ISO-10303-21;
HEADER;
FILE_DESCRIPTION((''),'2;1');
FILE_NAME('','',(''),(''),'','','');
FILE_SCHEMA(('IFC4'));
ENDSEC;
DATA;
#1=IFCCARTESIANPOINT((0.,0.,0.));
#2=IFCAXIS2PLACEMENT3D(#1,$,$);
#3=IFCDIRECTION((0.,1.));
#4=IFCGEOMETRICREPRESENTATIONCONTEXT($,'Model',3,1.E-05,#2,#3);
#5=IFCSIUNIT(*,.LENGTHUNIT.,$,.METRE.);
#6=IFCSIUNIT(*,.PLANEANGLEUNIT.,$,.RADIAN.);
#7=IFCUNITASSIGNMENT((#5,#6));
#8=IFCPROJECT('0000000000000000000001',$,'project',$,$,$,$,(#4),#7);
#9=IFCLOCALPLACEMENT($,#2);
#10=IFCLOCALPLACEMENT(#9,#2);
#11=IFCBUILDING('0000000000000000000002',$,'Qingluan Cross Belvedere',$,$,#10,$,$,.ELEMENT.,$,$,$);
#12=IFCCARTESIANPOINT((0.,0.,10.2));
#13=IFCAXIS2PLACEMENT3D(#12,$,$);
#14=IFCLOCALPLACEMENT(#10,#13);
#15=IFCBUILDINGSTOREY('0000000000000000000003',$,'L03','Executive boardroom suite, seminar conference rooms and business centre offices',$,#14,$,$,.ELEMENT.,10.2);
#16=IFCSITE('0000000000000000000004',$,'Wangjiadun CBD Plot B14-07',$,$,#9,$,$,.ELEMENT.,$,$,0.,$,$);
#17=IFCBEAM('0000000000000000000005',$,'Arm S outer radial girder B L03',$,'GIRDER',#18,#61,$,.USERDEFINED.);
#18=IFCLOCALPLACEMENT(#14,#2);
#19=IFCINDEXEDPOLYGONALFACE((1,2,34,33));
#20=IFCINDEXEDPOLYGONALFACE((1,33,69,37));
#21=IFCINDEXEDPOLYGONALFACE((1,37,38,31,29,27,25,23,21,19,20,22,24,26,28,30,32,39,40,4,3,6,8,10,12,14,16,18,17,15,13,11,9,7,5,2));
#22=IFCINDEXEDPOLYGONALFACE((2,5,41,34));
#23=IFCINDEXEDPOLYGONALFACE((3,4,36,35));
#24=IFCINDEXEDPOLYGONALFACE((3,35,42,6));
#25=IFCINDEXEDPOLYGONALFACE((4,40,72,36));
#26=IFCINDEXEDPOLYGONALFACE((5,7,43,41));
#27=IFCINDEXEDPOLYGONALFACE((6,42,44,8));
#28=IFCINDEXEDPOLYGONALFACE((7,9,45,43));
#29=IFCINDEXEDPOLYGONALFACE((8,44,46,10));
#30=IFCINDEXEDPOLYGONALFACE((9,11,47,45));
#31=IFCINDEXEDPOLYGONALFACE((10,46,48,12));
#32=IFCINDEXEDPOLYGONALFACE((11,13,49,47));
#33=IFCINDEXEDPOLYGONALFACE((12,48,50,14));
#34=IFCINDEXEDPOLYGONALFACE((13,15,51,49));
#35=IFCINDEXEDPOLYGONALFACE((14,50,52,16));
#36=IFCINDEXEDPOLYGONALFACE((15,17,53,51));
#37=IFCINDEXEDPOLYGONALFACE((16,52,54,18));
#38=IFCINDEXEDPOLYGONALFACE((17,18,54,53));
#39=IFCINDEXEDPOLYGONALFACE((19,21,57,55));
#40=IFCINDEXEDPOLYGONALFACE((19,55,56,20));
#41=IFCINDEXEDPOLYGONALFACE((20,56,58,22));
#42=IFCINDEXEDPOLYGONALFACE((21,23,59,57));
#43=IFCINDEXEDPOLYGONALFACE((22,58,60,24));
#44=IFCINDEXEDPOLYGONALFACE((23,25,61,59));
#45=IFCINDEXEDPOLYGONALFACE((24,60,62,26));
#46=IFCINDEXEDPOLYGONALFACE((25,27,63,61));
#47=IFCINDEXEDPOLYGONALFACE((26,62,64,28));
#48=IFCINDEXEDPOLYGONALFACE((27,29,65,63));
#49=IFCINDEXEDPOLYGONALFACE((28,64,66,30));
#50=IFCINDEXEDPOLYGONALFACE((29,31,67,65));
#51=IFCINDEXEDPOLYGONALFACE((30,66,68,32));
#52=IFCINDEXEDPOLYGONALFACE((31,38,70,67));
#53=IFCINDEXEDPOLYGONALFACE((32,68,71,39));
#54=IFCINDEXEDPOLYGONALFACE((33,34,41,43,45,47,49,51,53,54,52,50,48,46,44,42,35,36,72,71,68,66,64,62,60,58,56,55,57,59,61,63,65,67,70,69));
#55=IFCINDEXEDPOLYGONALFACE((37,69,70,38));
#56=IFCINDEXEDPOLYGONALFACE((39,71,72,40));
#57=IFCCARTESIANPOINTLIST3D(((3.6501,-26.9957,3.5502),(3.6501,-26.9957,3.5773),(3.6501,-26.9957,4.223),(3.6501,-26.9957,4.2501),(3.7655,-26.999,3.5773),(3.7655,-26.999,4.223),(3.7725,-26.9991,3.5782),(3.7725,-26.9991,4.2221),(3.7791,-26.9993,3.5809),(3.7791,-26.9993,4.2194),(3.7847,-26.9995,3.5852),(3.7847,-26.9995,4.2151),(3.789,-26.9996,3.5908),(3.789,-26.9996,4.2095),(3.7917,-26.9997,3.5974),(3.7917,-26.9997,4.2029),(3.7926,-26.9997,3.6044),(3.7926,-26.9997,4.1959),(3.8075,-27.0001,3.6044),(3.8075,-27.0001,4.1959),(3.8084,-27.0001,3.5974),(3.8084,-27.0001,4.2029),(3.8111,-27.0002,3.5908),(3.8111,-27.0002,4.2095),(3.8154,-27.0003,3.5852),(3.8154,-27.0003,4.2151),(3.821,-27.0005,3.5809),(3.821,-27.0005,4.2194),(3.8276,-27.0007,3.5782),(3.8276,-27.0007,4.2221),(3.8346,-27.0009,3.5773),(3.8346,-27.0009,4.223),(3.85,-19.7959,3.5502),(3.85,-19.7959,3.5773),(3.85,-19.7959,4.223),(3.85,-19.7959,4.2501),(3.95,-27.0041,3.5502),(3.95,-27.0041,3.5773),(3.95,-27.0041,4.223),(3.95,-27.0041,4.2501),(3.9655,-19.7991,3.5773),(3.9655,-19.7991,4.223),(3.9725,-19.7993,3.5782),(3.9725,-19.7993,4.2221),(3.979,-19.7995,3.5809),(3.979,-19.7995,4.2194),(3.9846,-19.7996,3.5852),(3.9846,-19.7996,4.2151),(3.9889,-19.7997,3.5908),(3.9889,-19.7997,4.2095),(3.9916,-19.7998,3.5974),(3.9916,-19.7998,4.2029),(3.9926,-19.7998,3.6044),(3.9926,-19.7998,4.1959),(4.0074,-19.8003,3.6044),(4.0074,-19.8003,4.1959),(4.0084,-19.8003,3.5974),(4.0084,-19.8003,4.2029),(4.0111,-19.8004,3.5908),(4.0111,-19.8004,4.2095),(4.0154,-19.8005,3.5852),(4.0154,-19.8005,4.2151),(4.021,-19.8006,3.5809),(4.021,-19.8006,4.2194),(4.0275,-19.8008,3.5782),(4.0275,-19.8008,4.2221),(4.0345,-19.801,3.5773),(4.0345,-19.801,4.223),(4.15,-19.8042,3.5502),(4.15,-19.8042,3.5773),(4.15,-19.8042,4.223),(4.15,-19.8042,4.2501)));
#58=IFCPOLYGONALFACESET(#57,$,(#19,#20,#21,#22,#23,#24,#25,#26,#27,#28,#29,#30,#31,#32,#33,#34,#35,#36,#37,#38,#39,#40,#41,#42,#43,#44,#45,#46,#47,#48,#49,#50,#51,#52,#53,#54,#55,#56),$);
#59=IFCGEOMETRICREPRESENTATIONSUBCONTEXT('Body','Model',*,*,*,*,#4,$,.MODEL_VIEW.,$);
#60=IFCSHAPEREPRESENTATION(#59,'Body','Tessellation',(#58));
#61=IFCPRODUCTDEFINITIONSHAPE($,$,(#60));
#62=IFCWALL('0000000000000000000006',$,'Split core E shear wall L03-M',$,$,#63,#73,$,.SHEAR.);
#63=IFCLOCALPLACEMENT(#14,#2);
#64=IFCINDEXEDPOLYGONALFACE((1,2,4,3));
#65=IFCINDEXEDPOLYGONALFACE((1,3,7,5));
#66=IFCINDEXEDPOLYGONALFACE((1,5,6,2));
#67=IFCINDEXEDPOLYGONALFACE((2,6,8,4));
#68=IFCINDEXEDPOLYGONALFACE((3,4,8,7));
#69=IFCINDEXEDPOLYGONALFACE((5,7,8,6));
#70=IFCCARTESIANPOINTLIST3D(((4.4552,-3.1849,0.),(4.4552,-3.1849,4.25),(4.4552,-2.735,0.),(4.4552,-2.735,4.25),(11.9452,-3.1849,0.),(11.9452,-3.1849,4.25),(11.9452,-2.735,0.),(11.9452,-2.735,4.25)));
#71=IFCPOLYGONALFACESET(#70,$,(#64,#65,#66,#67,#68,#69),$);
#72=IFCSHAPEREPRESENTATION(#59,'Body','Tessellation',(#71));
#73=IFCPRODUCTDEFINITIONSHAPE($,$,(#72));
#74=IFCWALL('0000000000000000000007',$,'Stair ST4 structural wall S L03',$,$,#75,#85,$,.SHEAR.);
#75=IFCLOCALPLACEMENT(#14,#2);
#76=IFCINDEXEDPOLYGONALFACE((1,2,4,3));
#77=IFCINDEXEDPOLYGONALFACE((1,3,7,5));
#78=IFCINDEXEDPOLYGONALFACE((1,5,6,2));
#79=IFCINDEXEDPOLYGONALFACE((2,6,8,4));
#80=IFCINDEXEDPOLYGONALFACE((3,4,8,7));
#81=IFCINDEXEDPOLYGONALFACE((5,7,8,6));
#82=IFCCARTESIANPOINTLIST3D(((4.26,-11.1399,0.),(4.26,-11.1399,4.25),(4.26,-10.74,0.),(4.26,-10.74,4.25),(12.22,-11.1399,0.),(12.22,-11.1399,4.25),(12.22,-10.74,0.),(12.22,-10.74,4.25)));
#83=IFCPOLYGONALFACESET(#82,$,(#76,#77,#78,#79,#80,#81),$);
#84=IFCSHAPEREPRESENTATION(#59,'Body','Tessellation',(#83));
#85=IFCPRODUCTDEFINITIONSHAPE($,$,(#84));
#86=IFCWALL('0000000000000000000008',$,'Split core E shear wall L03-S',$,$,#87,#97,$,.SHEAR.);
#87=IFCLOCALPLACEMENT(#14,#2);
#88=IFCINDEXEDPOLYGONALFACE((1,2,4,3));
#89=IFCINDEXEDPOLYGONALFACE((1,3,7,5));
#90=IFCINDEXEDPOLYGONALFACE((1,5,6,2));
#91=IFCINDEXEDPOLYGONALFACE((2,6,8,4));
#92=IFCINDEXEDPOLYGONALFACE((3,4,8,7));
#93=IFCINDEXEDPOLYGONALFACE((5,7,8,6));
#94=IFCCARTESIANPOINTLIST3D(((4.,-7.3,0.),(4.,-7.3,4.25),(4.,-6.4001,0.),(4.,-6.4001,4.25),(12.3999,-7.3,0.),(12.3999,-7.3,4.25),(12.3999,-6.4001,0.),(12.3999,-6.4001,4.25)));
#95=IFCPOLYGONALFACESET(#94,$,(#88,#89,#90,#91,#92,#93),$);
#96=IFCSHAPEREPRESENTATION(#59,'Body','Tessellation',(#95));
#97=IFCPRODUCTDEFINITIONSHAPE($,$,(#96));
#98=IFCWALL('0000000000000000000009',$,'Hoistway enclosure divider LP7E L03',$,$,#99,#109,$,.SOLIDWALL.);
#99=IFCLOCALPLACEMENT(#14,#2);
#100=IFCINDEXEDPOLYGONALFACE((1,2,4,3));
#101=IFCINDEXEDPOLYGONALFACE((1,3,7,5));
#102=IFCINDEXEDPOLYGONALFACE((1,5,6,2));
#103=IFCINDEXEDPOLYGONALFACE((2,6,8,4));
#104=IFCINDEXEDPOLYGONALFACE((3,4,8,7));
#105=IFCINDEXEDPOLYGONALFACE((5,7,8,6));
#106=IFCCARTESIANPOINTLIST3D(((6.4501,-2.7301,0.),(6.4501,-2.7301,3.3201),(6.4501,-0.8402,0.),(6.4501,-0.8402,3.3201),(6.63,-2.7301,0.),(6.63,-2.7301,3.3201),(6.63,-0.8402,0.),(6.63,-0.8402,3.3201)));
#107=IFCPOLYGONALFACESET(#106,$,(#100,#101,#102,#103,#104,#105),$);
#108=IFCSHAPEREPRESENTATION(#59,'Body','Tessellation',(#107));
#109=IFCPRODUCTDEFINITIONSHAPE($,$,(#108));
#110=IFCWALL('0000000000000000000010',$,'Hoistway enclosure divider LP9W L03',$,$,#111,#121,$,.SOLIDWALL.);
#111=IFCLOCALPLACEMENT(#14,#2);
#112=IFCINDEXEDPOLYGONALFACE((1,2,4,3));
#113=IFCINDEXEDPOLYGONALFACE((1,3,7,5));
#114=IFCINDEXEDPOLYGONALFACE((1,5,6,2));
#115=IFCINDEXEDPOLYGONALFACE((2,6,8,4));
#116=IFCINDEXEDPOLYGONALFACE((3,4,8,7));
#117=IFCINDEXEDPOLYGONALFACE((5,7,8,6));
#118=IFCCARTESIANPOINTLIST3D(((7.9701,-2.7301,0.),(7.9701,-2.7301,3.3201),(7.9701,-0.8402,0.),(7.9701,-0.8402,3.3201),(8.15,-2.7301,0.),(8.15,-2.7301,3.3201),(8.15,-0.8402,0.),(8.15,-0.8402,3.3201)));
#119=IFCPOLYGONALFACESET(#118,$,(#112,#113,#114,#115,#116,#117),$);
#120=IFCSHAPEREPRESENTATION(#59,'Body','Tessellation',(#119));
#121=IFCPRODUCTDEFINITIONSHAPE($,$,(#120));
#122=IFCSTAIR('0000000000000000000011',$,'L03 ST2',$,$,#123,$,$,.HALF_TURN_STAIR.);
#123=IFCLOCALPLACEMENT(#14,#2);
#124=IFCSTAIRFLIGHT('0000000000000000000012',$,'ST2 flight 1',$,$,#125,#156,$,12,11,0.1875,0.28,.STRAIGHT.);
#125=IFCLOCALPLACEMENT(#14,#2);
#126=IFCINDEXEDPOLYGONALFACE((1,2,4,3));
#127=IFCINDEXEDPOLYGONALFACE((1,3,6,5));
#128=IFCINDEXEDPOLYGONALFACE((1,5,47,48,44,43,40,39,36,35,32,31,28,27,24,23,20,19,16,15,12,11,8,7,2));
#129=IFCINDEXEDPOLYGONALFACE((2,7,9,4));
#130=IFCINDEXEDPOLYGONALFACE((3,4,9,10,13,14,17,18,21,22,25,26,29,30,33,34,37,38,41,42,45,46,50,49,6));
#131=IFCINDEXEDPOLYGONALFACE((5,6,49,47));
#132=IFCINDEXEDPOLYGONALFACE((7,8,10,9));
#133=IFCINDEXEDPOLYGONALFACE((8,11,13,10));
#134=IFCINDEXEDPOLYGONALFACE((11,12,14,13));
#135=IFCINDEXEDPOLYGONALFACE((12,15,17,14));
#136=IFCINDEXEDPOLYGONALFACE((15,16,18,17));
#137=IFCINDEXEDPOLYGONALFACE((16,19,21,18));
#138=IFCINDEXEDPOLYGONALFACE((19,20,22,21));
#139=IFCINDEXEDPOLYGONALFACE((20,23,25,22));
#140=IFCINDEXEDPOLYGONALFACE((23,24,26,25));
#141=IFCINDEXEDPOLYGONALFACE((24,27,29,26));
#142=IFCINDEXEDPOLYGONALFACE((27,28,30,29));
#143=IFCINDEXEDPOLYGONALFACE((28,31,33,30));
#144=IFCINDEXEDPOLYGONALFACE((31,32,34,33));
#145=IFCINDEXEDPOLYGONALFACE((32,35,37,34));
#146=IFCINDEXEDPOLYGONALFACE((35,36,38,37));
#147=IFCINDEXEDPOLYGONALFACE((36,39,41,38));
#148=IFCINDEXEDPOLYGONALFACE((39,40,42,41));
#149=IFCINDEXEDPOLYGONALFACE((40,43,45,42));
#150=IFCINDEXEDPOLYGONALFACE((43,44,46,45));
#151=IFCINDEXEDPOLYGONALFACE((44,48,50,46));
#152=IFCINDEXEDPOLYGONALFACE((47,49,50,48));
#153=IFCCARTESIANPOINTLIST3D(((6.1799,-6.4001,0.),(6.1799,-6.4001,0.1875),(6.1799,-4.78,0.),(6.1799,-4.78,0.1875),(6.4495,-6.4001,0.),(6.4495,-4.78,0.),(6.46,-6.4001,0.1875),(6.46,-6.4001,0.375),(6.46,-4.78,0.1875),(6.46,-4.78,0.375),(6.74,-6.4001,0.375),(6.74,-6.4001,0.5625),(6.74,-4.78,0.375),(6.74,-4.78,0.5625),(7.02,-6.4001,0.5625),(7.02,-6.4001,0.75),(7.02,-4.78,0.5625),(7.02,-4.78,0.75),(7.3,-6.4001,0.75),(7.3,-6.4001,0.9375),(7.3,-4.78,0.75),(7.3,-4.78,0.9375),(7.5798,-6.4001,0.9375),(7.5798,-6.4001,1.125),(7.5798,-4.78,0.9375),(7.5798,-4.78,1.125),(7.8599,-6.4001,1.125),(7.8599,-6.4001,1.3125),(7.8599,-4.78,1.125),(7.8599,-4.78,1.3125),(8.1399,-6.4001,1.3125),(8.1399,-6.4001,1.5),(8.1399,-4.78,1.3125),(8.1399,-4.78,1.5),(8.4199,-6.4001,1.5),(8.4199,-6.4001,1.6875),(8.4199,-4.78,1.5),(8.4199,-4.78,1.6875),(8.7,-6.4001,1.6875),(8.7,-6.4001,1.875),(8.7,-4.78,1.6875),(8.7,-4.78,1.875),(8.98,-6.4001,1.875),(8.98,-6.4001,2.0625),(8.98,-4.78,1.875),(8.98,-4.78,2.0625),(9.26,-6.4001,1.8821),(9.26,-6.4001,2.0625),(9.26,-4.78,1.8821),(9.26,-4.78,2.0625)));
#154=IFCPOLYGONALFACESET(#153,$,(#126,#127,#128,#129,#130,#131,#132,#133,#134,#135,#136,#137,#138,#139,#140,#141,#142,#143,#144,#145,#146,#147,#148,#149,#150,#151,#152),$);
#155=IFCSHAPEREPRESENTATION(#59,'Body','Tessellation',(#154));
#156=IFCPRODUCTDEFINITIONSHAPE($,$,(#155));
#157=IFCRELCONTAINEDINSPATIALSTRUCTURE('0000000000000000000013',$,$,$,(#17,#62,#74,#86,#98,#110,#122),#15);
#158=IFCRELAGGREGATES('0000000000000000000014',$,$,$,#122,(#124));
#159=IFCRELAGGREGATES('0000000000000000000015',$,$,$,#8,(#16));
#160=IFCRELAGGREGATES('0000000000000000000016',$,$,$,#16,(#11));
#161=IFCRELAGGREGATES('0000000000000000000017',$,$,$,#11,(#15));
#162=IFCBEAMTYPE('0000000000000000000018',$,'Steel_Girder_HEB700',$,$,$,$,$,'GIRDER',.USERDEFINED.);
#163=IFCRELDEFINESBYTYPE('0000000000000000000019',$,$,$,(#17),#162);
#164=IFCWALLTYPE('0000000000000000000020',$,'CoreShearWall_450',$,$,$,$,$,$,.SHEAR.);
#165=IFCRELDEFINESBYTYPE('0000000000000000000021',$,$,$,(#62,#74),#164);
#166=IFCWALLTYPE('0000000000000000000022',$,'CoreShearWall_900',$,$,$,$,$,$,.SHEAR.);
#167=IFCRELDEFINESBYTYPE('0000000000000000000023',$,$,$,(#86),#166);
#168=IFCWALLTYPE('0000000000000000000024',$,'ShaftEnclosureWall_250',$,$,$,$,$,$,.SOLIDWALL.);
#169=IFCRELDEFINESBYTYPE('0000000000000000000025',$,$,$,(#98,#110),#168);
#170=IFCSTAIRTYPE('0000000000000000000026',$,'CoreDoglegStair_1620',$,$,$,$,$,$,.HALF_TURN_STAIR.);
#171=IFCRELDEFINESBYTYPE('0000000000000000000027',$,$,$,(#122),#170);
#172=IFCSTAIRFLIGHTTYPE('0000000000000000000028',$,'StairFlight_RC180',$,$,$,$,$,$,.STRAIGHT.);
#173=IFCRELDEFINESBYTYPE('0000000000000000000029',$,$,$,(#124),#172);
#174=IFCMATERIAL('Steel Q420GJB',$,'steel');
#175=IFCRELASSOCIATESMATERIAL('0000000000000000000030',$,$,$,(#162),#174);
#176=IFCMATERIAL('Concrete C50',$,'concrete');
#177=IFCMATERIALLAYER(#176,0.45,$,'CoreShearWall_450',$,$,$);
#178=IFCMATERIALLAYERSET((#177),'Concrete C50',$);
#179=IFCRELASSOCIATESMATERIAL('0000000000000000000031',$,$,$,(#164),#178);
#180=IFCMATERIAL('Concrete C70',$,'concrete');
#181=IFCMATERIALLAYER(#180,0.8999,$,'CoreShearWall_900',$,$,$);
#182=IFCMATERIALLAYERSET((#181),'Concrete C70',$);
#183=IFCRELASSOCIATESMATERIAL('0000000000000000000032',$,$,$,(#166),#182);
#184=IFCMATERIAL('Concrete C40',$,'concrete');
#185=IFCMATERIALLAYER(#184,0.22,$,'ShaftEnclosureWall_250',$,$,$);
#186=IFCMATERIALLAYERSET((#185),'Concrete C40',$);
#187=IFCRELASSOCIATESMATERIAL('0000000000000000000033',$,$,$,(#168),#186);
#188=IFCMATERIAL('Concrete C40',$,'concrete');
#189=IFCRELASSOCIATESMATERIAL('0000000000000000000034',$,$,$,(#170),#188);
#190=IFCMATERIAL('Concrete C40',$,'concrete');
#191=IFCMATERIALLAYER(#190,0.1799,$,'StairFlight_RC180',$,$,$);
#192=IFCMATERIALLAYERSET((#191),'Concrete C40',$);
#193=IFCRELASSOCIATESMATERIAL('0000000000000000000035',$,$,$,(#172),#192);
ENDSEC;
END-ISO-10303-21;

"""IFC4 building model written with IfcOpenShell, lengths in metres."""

from ifc_helpers import new_model, si_unit, direction, frame, frame_2d, origin, origin_2d, place, context, subcontext, project, spatial, polyline, rectangle, i_section, outline, extrude, material, layer, layer_set, material_profile, profile_set, type_object, element, aggregate, save


model = new_model("IFC4")

# Units and contexts
model_context = context("Model", 3, precision=1e-05, world=origin(), true_north=direction((0.0, 1.0)))
body_context = subcontext(model_context, "Body", "Model", "MODEL_VIEW")
ifc_project = project(units=[si_unit("LENGTHUNIT", "METRE"), si_unit("PLANEANGLEUNIT", "RADIAN")], contexts=[model_context])

# Site, building, storey
site_placement = place(None, origin())
site = spatial("IfcSite", under=ifc_project, at=site_placement, Name="Wangjiadun CBD Plot B14-07", CompositionType="ELEMENT", RefElevation=0.0)
building_placement = place(site_placement, origin())
building = spatial("IfcBuilding", under=site, at=building_placement, Name="Qingluan Cross Belvedere", CompositionType="ELEMENT")
storey_placement = place(building_placement, frame((0.0, 0.0, 10.2)))
storey = spatial("IfcBuildingStorey", under=building, at=storey_placement, Name="L03", Description="Executive boardroom suite, seminar conference rooms and business centre offices", CompositionType="ELEMENT", Elevation=10.2)

# Beam
ifc_material_1 = material(Name="Steel Q420GJB", Category="steel")
ifc_material_profile_1 = material_profile(ifc_material_1, i_section(OverallWidth=0.3, OverallDepth=0.7, WebThickness=0.0149, FlangeThickness=0.0271, FilletRadius=0.0271, at=origin_2d()), Name="HEB700")
ifc_profile_set_1 = profile_set([ifc_material_profile_1], Name="Steel Q420GJB")
beam_type_1 = type_object("IfcBeamType", Name="Steel_Girder_HEB700", ElementType="GIRDER", PredefinedType="USERDEFINED", material=ifc_profile_set_1)
beam_1_placement = place(storey_placement, frame((4.0, -19.8, 3.9001), z_axis=(-0.02776, -0.999615, 0.0), x_axis=(0.999615, -0.02776, 0.0)))
element("IfcBeam", 1, at=beam_1_placement, inside=storey, type_object=beam_type_1, Name="Arm S outer radial girder B L03", ObjectType="GIRDER", PredefinedType="USERDEFINED", context=body_context, shape_type="SweptSolid", body=[
    extrude(i_section(OverallWidth=0.3, OverallDepth=0.7, WebThickness=0.0149, FlangeThickness=0.0271, FilletRadius=0.0271, at=origin_2d()), origin(), (0.0, 0.0, 1.0), 7.2026),
])

# Walls
ifc_material_2 = material(Name="Concrete C50", Category="concrete")
ifc_layer_1 = layer(ifc_material_2, 0.45, Name="CoreShearWall_450")
ifc_layer_set_1 = layer_set([ifc_layer_1], Name="Concrete C50")
wall_type_1 = type_object("IfcWallType", Name="CoreShearWall_450", PredefinedType="SHEAR", material=ifc_layer_set_1)
wall_1_placement = place(storey_placement, frame((4.4551, -2.96, 0.0), z_axis=(0.0, 0.0, 1.0), x_axis=(1.0, 0.0, 0.0)))
element("IfcWall", 2, at=wall_1_placement, inside=storey, type_object=wall_type_1, Name="Split core E shear wall L03-M", PredefinedType="SHEAR", context=body_context, shape_type="SweptSolid", body=[
    extrude(rectangle(XDim=7.49, YDim=0.45, at=frame_2d((3.7451, 0.0))), origin(), (0.0, 0.0, 1.0), 4.25),
])
wall_2_placement = place(storey_placement, frame((4.26, -10.9399, 0.0), z_axis=(0.0, 0.0, 1.0), x_axis=(1.0, 0.0, 0.0)))
element("IfcWall", 3, at=wall_2_placement, inside=storey, type_object=wall_type_1, Name="Stair ST4 structural wall S L03", PredefinedType="SHEAR", context=body_context, shape_type="SweptSolid", body=[
    extrude(rectangle(XDim=7.96, YDim=0.3999, at=frame_2d((3.98, 0.0))), origin(), (0.0, 0.0, 1.0), 4.25),
])

# Wall
ifc_material_3 = material(Name="Concrete C70", Category="concrete")
ifc_layer_2 = layer(ifc_material_3, 0.8999, Name="CoreShearWall_900")
ifc_layer_set_2 = layer_set([ifc_layer_2], Name="Concrete C70")
wall_type_2 = type_object("IfcWallType", Name="CoreShearWall_900", PredefinedType="SHEAR", material=ifc_layer_set_2)
wall_3_placement = place(storey_placement, frame((4.0, -6.8501, 0.0), z_axis=(0.0, 0.0, 1.0), x_axis=(1.0, 0.0, 0.0)))
element("IfcWall", 4, at=wall_3_placement, inside=storey, type_object=wall_type_2, Name="Split core E shear wall L03-S", PredefinedType="SHEAR", context=body_context, shape_type="SweptSolid", body=[
    extrude(rectangle(XDim=8.3999, YDim=0.8999, at=frame_2d((4.2, 0.0))), origin(), (0.0, 0.0, 1.0), 4.25),
])

# Walls
ifc_material_4 = material(Name="Concrete C40", Category="concrete")
ifc_layer_3 = layer(ifc_material_4, 0.22, Name="ShaftEnclosureWall_250")
ifc_layer_set_3 = layer_set([ifc_layer_3], Name="Concrete C40")
wall_type_3 = type_object("IfcWallType", Name="ShaftEnclosureWall_250", PredefinedType="SOLIDWALL", material=ifc_layer_set_3)
for number, where, z_axis, x_axis, name in (
    (5, (6.54, -2.73, 0.0), (0.0, 0.0, 1.0), (0.0, 1.0, 0.0), "Hoistway enclosure divider LP7E L03"),
    (6, (8.0601, -2.73, 0.0), (0.0, 0.0, 1.0), (0.0, 1.0, 0.0), "Hoistway enclosure divider LP9W L03"),
):
    element("IfcWall", number, at=place(storey_placement, frame(where, z_axis=z_axis, x_axis=x_axis)), inside=storey, type_object=wall_type_3, Name=name, PredefinedType="SOLIDWALL", context=body_context, shape_type="SweptSolid", body=[
        extrude(rectangle(XDim=1.8899, YDim=0.1799, at=frame_2d((0.9448, 0.0))), origin(), (0.0, 0.0, 1.0), 3.3201),
    ])

# Stair, stair flight
ifc_material_5 = material(Name="Concrete C40", Category="concrete")
stair_type = type_object("IfcStairType", Name="CoreDoglegStair_1620", PredefinedType="HALF_TURN_STAIR", material=ifc_material_5)
stair_1_placement = place(storey_placement, origin())
stair_1 = element("IfcStair", 7, at=stair_1_placement, inside=storey, type_object=stair_type, Name="L03 ST2", PredefinedType="HALF_TURN_STAIR")
ifc_material_6 = material(Name="Concrete C40", Category="concrete")
ifc_layer_4 = layer(ifc_material_6, 0.1799, Name="StairFlight_RC180")
ifc_layer_set_4 = layer_set([ifc_layer_4], Name="Concrete C40")
stair_flight_type = type_object("IfcStairFlightType", Name="StairFlight_RC180", PredefinedType="STRAIGHT", material=ifc_layer_set_4)
stair_flight_1_placement = place(storey_placement, frame((6.1799, -5.5901, 0.0), z_axis=(0.0, 0.0, 1.0), x_axis=(1.0, 0.0, 0.0)))
stair_flight_1 = element("IfcStairFlight", 8, at=stair_flight_1_placement, type_object=stair_flight_type, Name="ST2 flight 1", NumberOfRisers=12, NumberOfTreads=11, PredefinedType="STRAIGHT", RiserHeight=0.1875, TreadLength=0.28, context=body_context, shape_type="SweptSolid", body=[
    extrude(outline(polyline([(0.0, 0.0), (0.0, 0.1875), (0.28, 0.1875), (0.28, 0.375), (0.5601, 0.375), (0.5601, 0.5625), (0.8401, 0.5625), (0.8401, 0.75), (1.1201, 0.75), (1.1201, 0.9375), (1.3999, 0.9375), (1.3999, 1.125), (1.6799, 1.125), (1.6799, 1.3125), (1.96, 1.3125), (1.96, 1.5), (2.24, 1.5), (2.24, 1.6875), (2.52, 1.6875), (2.52, 1.875), (2.8, 1.875), (2.8, 2.0625), (3.0801, 2.0625), (3.0801, 2.25), (3.0801, 1.8821), (0.2695, 0.0), (0.0, 0.0)])), frame((0.0, 0.8101, 0.0), z_axis=(0.0, -1.0, 0.0), x_axis=(1.0, 0.0, 0.0)), (0.0, 0.0, 1.0), 1.6201),
])
aggregate(stair_1, [stair_flight_1])

save(model, "model.ifc")
